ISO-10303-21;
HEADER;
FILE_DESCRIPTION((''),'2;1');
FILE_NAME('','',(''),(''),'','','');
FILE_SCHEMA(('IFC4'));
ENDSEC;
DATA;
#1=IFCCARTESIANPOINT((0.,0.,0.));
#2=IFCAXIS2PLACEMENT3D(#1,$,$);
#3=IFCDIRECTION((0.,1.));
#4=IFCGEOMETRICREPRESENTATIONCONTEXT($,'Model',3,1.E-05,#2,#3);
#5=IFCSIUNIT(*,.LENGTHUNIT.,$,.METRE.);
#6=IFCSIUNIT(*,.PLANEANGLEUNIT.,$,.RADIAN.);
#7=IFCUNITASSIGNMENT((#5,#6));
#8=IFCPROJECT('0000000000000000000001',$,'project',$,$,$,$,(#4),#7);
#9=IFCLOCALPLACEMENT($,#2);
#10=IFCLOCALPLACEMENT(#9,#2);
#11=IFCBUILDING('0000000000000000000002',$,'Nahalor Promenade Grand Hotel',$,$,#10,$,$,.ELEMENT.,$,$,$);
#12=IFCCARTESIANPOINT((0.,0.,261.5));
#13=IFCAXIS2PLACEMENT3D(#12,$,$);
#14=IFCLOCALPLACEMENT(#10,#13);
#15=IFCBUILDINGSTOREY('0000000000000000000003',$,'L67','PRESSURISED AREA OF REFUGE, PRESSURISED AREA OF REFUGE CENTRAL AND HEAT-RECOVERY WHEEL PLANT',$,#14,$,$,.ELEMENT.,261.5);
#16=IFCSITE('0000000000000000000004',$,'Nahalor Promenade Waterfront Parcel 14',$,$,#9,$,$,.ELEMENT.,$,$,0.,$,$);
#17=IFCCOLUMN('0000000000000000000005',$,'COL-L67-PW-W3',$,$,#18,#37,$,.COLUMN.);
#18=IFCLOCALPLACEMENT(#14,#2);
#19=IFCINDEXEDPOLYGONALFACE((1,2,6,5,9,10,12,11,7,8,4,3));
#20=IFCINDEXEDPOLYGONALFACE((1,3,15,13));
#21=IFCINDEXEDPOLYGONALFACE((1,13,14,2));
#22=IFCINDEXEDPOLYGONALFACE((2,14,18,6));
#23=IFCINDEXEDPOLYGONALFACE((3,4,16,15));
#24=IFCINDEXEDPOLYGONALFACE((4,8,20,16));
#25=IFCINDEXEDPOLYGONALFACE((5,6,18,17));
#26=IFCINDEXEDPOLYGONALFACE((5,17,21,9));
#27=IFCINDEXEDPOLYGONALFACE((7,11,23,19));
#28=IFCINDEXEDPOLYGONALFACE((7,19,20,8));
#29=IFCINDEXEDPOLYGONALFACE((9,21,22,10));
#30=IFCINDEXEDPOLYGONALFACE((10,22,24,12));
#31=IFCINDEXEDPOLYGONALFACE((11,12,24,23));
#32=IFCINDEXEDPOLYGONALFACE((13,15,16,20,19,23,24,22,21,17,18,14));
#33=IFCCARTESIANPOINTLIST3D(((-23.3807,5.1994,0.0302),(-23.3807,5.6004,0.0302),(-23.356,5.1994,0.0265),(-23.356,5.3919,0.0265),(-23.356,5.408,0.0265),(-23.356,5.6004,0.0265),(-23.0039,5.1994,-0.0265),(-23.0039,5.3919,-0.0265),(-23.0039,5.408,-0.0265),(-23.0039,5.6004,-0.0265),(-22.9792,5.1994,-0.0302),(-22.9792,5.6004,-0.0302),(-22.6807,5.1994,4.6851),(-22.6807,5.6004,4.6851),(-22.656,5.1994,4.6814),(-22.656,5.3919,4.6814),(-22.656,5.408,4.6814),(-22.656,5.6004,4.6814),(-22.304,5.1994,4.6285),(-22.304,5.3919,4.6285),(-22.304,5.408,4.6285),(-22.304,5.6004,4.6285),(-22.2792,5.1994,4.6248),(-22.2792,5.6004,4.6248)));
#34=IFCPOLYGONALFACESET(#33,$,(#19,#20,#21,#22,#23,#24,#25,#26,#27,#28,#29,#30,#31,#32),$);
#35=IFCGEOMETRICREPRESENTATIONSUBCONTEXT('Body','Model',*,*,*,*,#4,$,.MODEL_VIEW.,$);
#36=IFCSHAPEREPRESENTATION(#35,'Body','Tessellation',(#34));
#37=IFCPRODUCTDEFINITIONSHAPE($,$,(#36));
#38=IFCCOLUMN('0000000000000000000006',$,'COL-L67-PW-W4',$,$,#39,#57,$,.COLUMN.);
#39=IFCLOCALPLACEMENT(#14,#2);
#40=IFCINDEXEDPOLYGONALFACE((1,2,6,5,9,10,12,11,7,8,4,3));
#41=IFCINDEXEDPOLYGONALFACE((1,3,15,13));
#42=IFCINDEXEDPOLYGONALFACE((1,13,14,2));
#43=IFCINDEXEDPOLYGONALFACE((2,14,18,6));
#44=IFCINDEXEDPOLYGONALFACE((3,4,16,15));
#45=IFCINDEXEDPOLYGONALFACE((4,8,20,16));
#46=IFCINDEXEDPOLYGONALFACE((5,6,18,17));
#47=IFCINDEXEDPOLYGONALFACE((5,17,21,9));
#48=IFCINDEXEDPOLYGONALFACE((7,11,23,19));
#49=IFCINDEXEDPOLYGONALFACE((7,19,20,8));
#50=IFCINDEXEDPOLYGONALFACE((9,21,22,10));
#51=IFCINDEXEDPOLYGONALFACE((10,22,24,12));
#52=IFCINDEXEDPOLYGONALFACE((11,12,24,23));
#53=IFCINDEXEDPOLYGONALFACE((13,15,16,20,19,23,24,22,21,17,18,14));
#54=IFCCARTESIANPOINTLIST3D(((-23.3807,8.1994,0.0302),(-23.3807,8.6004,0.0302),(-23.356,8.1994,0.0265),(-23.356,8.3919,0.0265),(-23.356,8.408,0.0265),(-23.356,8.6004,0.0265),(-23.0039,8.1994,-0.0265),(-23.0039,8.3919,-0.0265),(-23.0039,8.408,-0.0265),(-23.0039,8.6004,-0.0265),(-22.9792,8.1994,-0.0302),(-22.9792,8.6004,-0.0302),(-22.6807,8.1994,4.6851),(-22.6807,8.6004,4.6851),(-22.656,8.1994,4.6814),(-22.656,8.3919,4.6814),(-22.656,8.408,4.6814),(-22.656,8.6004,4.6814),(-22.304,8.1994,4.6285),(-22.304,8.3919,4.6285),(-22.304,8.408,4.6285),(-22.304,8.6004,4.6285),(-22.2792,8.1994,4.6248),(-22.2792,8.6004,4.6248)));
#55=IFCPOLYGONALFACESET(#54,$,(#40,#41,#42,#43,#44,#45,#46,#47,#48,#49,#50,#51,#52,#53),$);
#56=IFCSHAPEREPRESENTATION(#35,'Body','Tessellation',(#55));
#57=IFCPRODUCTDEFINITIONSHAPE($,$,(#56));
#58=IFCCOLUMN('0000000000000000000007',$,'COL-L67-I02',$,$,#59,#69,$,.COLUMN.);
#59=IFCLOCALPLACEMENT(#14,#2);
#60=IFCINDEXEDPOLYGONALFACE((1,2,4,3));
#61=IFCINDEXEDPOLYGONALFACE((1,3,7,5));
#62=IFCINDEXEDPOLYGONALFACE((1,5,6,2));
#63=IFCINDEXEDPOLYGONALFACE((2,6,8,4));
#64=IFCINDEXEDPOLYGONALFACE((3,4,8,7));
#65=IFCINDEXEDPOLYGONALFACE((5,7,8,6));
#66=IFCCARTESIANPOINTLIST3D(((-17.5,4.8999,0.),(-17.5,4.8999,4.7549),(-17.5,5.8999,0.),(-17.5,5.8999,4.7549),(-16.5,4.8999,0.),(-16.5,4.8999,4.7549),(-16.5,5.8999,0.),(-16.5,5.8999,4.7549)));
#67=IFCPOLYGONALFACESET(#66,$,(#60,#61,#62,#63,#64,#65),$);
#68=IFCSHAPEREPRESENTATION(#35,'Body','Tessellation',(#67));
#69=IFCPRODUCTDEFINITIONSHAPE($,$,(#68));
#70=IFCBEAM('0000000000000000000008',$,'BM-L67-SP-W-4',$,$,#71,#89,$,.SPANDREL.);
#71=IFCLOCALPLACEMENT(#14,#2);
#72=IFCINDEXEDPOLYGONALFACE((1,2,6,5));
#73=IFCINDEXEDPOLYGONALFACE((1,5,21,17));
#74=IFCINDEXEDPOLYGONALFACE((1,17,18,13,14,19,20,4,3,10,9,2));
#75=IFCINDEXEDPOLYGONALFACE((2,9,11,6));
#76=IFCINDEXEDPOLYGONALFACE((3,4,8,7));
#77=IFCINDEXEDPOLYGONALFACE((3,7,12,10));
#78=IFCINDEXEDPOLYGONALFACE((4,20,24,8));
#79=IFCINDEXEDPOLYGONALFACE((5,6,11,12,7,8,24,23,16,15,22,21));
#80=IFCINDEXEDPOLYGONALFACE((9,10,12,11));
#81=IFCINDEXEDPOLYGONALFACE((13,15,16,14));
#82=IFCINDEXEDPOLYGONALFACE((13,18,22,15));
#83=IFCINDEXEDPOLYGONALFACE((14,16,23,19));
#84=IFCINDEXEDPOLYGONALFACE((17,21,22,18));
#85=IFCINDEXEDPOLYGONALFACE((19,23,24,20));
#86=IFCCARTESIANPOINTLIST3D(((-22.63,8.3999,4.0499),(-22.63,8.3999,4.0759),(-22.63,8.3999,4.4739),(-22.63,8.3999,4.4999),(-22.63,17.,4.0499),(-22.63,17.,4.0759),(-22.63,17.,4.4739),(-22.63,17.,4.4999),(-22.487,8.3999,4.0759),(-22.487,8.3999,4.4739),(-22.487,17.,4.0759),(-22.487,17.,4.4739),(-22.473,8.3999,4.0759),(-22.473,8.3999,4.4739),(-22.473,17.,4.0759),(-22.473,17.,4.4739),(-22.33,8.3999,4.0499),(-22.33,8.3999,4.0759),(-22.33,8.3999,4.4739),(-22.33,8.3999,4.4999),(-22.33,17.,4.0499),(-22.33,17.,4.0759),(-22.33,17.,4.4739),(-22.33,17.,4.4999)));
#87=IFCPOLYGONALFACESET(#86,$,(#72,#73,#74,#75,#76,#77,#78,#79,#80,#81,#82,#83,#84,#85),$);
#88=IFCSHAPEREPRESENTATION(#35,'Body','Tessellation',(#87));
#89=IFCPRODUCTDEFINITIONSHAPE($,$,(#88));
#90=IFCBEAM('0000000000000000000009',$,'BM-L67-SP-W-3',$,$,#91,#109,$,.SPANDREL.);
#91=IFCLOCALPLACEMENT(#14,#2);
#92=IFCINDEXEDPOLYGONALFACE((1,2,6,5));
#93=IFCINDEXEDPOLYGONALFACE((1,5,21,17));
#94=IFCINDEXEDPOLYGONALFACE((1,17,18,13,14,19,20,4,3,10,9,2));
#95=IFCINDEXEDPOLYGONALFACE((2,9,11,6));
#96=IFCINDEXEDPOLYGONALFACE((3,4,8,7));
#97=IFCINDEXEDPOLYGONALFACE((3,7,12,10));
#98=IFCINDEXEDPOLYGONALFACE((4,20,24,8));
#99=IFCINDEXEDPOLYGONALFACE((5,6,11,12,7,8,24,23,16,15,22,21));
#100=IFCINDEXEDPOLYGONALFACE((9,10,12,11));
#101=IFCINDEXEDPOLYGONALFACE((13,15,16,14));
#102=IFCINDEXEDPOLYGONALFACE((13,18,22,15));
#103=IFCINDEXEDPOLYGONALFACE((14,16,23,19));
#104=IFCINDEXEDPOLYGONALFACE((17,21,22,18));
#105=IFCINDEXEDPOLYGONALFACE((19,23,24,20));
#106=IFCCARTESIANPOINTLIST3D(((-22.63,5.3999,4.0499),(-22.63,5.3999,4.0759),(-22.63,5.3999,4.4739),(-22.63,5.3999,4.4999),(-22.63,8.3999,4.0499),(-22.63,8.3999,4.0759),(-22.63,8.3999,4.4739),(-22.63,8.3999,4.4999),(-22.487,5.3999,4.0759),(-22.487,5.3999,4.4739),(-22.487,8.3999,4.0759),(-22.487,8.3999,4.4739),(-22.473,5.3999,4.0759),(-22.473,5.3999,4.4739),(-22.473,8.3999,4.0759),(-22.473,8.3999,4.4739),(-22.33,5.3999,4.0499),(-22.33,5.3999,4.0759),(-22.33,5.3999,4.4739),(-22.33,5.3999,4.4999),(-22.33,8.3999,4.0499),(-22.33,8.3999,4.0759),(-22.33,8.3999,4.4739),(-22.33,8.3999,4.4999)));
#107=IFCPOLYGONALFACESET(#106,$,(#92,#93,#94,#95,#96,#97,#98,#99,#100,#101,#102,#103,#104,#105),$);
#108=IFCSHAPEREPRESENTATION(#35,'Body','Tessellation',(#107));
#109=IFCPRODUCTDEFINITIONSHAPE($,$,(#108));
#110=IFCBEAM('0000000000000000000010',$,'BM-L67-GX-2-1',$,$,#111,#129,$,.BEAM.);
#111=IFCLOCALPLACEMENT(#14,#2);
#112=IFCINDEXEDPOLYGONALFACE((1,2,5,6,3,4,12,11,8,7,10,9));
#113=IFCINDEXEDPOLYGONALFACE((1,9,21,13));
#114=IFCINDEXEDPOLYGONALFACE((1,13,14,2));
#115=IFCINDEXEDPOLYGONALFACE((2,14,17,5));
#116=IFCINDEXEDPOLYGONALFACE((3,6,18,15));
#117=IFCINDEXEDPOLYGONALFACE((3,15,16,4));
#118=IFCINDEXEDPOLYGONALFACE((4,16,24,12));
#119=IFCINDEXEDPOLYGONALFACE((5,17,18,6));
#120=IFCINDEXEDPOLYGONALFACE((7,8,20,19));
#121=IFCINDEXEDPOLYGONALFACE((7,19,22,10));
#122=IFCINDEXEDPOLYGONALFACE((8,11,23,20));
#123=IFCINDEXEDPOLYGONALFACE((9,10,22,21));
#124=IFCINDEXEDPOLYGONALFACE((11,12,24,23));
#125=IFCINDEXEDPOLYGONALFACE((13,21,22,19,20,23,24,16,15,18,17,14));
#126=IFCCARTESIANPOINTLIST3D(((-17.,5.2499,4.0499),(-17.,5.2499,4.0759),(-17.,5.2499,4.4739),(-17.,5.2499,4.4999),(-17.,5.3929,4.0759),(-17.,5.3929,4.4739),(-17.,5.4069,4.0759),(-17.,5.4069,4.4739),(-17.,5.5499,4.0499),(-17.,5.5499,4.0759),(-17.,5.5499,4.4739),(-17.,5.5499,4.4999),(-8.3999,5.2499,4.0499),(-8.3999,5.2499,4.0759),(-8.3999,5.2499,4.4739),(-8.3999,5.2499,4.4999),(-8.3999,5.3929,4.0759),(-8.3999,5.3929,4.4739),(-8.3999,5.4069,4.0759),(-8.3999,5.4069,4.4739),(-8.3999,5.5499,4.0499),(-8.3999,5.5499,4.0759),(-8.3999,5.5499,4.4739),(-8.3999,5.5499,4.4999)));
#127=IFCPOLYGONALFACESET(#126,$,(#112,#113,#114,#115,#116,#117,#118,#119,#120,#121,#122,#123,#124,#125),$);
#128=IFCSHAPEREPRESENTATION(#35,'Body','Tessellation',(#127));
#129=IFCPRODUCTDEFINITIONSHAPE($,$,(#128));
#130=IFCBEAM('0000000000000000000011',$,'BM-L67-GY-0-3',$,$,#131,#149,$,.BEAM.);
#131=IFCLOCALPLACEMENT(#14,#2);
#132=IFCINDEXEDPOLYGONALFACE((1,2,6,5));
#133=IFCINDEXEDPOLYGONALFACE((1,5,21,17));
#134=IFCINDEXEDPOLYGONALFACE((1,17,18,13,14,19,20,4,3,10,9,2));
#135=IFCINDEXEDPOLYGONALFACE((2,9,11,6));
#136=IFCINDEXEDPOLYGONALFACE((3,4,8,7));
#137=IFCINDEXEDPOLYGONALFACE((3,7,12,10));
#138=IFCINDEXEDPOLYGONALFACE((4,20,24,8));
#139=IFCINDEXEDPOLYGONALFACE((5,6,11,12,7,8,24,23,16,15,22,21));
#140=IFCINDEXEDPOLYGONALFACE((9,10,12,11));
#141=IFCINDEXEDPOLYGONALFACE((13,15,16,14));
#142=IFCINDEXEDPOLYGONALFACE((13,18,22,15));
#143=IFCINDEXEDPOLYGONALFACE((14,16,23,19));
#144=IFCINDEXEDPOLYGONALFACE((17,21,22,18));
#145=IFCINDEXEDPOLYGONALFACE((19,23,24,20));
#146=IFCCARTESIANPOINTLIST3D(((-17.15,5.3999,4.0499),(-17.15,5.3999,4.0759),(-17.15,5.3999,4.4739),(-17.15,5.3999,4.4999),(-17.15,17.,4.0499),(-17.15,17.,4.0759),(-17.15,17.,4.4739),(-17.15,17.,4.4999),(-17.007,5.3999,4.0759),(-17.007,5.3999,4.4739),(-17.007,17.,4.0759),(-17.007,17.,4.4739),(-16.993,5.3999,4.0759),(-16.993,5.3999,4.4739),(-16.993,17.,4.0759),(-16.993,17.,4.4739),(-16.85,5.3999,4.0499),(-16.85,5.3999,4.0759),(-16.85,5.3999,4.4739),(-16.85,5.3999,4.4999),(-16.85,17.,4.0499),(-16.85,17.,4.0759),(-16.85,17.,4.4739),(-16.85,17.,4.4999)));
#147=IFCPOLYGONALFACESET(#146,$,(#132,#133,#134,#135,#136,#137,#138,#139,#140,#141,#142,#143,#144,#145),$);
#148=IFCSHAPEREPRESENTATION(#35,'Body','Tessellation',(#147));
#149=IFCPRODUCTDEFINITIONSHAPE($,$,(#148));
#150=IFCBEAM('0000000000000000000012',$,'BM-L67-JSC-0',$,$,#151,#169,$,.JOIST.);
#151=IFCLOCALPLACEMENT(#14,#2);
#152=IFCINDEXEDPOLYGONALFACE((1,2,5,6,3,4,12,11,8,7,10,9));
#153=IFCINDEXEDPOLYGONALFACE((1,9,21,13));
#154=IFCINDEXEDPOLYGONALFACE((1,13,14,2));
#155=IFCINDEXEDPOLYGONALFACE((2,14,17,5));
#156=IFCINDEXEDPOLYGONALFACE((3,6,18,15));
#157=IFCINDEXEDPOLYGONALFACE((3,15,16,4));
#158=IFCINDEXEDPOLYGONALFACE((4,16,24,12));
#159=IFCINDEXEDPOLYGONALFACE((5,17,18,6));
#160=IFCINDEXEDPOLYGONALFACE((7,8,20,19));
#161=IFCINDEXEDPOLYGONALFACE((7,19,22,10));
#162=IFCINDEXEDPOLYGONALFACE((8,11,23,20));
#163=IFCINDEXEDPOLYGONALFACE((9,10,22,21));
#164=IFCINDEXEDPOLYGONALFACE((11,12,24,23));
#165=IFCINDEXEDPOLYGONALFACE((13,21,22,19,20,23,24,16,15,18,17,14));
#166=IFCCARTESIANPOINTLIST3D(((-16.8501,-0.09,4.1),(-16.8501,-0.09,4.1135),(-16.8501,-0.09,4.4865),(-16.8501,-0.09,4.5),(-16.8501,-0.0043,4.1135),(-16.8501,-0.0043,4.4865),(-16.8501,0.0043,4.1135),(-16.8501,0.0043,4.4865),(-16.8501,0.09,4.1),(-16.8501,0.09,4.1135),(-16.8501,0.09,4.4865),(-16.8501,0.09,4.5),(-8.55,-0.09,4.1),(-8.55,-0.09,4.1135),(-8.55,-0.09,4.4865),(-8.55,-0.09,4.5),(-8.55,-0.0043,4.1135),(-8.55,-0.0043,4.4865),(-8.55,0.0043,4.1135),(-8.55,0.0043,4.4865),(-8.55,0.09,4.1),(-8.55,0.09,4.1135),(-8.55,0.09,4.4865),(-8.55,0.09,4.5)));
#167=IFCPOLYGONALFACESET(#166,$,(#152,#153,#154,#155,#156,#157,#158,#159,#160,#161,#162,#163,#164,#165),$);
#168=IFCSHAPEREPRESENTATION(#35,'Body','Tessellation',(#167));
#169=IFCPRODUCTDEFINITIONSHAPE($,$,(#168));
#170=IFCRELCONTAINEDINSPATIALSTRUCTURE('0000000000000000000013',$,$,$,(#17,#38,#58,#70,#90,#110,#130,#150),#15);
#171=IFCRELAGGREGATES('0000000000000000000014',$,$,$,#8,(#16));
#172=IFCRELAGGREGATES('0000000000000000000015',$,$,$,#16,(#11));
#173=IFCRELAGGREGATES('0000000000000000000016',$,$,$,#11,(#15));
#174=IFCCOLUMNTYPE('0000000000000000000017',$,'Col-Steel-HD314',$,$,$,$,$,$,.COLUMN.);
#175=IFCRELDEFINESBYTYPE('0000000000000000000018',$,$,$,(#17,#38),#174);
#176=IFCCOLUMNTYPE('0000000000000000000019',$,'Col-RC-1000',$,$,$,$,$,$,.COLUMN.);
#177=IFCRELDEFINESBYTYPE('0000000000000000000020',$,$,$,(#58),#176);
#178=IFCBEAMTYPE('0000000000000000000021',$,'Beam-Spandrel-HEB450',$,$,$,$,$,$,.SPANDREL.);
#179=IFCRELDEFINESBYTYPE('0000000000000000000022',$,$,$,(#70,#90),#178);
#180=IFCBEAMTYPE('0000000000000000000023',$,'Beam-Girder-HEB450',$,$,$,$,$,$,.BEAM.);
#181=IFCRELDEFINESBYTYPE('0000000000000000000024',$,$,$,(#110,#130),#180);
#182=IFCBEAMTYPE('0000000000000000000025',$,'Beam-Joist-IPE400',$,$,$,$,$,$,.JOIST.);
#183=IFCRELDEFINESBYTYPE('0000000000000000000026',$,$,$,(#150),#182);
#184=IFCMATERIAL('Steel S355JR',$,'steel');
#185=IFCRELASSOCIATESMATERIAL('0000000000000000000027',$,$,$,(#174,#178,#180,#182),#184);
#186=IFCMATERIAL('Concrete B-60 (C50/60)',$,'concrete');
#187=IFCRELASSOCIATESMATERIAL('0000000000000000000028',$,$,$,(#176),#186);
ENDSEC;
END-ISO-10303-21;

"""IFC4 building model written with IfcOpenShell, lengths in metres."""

from ifc_helpers import new_model, si_unit, direction, frame, origin, origin_2d, place, context, subcontext, project, spatial, rectangle, i_section, extrude, source, transform, mapped, material, material_profile, profile_set, type_object, element, save


model = new_model("IFC4")

# Units and contexts
model_context = context("Model", 3, precision=1e-05, world=origin(), true_north=direction((0.0, 1.0)))
body_context = subcontext(model_context, "Body", "Model", "MODEL_VIEW")
ifc_project = project(units=[si_unit("LENGTHUNIT", "METRE"), si_unit("PLANEANGLEUNIT", "RADIAN")], contexts=[model_context])

# Site, building, storey
site_placement = place(None, origin())
site = spatial("IfcSite", under=ifc_project, at=site_placement, Name="Nahalor Promenade Waterfront Parcel 14", CompositionType="ELEMENT", RefElevation=0.0)
building_placement = place(site_placement, origin())
building = spatial("IfcBuilding", under=site, at=building_placement, Name="Nahalor Promenade Grand Hotel", CompositionType="ELEMENT")
storey_placement = place(building_placement, frame((0.0, 0.0, 261.5)))
storey = spatial("IfcBuildingStorey", under=building, at=storey_placement, Name="L67", Description="PRESSURISED AREA OF REFUGE, PRESSURISED AREA OF REFUGE CENTRAL AND HEAT-RECOVERY WHEEL PLANT", CompositionType="ELEMENT", Elevation=261.5)

# Columns
ifc_material_1 = material(Name="Steel S355JR", Category="steel")
ifc_material_profile_1 = material_profile(ifc_material_1, i_section(OverallWidth=0.401, OverallDepth=0.406, WebThickness=0.0161, FlangeThickness=0.025, at=origin_2d()), Name="HD 400x314")
ifc_profile_set_1 = profile_set([ifc_material_profile_1], Name="Steel S355JR")
column_type_1 = type_object("IfcColumnType", Name="Col-Steel-HD314", PredefinedType="COLUMN", material=ifc_profile_set_1)
shared_shape_1 = source(origin(), body_context, "Body", "SweptSolid", [
    extrude(i_section(OverallWidth=0.401, OverallDepth=0.406, WebThickness=0.0161, FlangeThickness=0.025, at=origin_2d()), origin(), (0.0, 0.0, 1.0), 4.7073),
])
for number, where, z_axis, x_axis, name in (
    (1, (-23.1799, 5.3999, 0.0), (0.148693, 0.0, 0.988883), (0.0, 1.0, 0.0), "COL-L67-PW-W3"),
    (2, (-23.1799, 8.3999, 0.0), (0.148693, 0.0, 0.988883), (0.0, 1.0, 0.0), "COL-L67-PW-W4"),
):
    element("IfcColumn", number, at=place(storey_placement, frame(where, z_axis=z_axis, x_axis=x_axis)), inside=storey, type_object=column_type_1, Name=name, PredefinedType="COLUMN", context=body_context, shape_type="MappedRepresentation", body=[
        mapped(shared_shape_1, transform((0.0, 0.0, 0.0), scale=1.0)),
    ])
ifc_material_2 = material(Name="Concrete B-60 (C50/60)", Category="concrete")
ifc_material_profile_2 = material_profile(ifc_material_2, rectangle(XDim=1.0, YDim=1.0, at=origin_2d()), Name="RC 1000x1000")
ifc_profile_set_2 = profile_set([ifc_material_profile_2], Name="Concrete B-60 (C50/60)")
column_type_2 = type_object("IfcColumnType", Name="Col-RC-1000", PredefinedType="COLUMN", material=ifc_profile_set_2)
shared_shape_2 = source(origin(), body_context, "Body", "SweptSolid", [
    extrude(rectangle(XDim=1.0, YDim=1.0, at=origin_2d()), origin(), (0.0, 0.0, 1.0), 4.7549),
])
column_placement = place(storey_placement, frame((-17.0, 5.3999, 0.0), z_axis=(0.0, 0.0, 1.0), x_axis=(1.0, 0.0, 0.0)))
element("IfcColumn", 3, at=column_placement, inside=storey, type_object=column_type_2, Name="COL-L67-I02", PredefinedType="COLUMN", context=body_context, shape_type="MappedRepresentation", body=[
    mapped(shared_shape_2, transform((0.0, 0.0, 0.0), scale=1.0)),
])

# Beams
ifc_material_profile_3 = material_profile(ifc_material_1, i_section(OverallWidth=0.3, OverallDepth=0.45, WebThickness=0.014, FlangeThickness=0.026, at=origin_2d()), Name="HEB 450")
ifc_profile_set_3 = profile_set([ifc_material_profile_3], Name="Steel S355JR")
beam_type_1 = type_object("IfcBeamType", Name="Beam-Spandrel-HEB450", PredefinedType="SPANDREL", material=ifc_profile_set_3)
shared_shape_3 = source(origin(), body_context, "Body", "SweptSolid", [
    extrude(i_section(OverallWidth=0.3, OverallDepth=0.45, WebThickness=0.014, FlangeThickness=0.026, at=origin_2d()), origin(), (0.0, 0.0, 1.0), 8.6001),
])
beam_1_placement = place(storey_placement, frame((-22.48, 8.3999, 4.2749), z_axis=(0.0, 1.0, 0.0), x_axis=(-1.0, 0.0, 0.0)))
element("IfcBeam", 4, at=beam_1_placement, inside=storey, type_object=beam_type_1, Name="BM-L67-SP-W-4", PredefinedType="SPANDREL", context=body_context, shape_type="MappedRepresentation", body=[
    mapped(shared_shape_3, transform((0.0, 0.0, 0.0), scale=1.0)),
])
shared_shape_4 = source(origin(), body_context, "Body", "SweptSolid", [
    extrude(i_section(OverallWidth=0.3, OverallDepth=0.45, WebThickness=0.014, FlangeThickness=0.026, at=origin_2d()), origin(), (0.0, 0.0, 1.0), 3.0),
])
beam_2_placement = place(storey_placement, frame((-22.48, 5.3999, 4.2749), z_axis=(0.0, 1.0, 0.0), x_axis=(-1.0, 0.0, 0.0)))
element("IfcBeam", 5, at=beam_2_placement, inside=storey, type_object=beam_type_1, Name="BM-L67-SP-W-3", PredefinedType="SPANDREL", context=body_context, shape_type="MappedRepresentation", body=[
    mapped(shared_shape_4, transform((0.0, 0.0, 0.0), scale=1.0)),
])
ifc_material_profile_4 = material_profile(ifc_material_1, i_section(OverallWidth=0.3, OverallDepth=0.45, WebThickness=0.014, FlangeThickness=0.026, at=origin_2d()), Name="HEB 450")
ifc_profile_set_4 = profile_set([ifc_material_profile_4], Name="Steel S355JR")
beam_type_2 = type_object("IfcBeamType", Name="Beam-Girder-HEB450", PredefinedType="BEAM", material=ifc_profile_set_4)
shared_shape_5 = source(origin(), body_context, "Body", "SweptSolid", [
    extrude(i_section(OverallWidth=0.3, OverallDepth=0.45, WebThickness=0.014, FlangeThickness=0.026, at=origin_2d()), origin(), (0.0, 0.0, 1.0), 8.6001),
])
beam_3_placement = place(storey_placement, frame((-17.0, 5.3999, 4.2749), z_axis=(1.0, 0.0, 0.0), x_axis=(0.0, 1.0, 0.0)))
element("IfcBeam", 6, at=beam_3_placement, inside=storey, type_object=beam_type_2, Name="BM-L67-GX-2-1", PredefinedType="BEAM", context=body_context, shape_type="MappedRepresentation", body=[
    mapped(shared_shape_5, transform((0.0, 0.0, 0.0), scale=1.0)),
])
shared_shape_6 = source(origin(), body_context, "Body", "SweptSolid", [
    extrude(i_section(OverallWidth=0.3, OverallDepth=0.45, WebThickness=0.014, FlangeThickness=0.026, at=origin_2d()), origin(), (0.0, 0.0, 1.0), 11.6001),
])
beam_4_placement = place(storey_placement, frame((-17.0, 5.3999, 4.2749), z_axis=(0.0, 1.0, 0.0), x_axis=(-1.0, 0.0, 0.0)))
element("IfcBeam", 7, at=beam_4_placement, inside=storey, type_object=beam_type_2, Name="BM-L67-GY-0-3", PredefinedType="BEAM", context=body_context, shape_type="MappedRepresentation", body=[
    mapped(shared_shape_6, transform((0.0, 0.0, 0.0), scale=1.0)),
])
ifc_material_profile_5 = material_profile(ifc_material_1, i_section(OverallWidth=0.18, OverallDepth=0.4, WebThickness=0.0086, FlangeThickness=0.0135, at=origin_2d()), Name="IPE 400")
ifc_profile_set_5 = profile_set([ifc_material_profile_5], Name="Steel S355JR")
beam_type_3 = type_object("IfcBeamType", Name="Beam-Joist-IPE400", PredefinedType="JOIST", material=ifc_profile_set_5)
shared_shape_7 = source(origin(), body_context, "Body", "SweptSolid", [
    extrude(i_section(OverallWidth=0.18, OverallDepth=0.4, WebThickness=0.0086, FlangeThickness=0.0135, at=origin_2d()), origin(), (0.0, 0.0, 1.0), 8.3),
])
beam_5_placement = place(storey_placement, frame((-16.8501, 0.0, 4.3), z_axis=(1.0, 0.0, 0.0), x_axis=(0.0, 1.0, 0.0)))
element("IfcBeam", 8, at=beam_5_placement, inside=storey, type_object=beam_type_3, Name="BM-L67-JSC-0", PredefinedType="JOIST", context=body_context, shape_type="MappedRepresentation", body=[
    mapped(shared_shape_7, transform((0.0, 0.0, 0.0), scale=1.0)),
])

save(model, "model.ifc")
